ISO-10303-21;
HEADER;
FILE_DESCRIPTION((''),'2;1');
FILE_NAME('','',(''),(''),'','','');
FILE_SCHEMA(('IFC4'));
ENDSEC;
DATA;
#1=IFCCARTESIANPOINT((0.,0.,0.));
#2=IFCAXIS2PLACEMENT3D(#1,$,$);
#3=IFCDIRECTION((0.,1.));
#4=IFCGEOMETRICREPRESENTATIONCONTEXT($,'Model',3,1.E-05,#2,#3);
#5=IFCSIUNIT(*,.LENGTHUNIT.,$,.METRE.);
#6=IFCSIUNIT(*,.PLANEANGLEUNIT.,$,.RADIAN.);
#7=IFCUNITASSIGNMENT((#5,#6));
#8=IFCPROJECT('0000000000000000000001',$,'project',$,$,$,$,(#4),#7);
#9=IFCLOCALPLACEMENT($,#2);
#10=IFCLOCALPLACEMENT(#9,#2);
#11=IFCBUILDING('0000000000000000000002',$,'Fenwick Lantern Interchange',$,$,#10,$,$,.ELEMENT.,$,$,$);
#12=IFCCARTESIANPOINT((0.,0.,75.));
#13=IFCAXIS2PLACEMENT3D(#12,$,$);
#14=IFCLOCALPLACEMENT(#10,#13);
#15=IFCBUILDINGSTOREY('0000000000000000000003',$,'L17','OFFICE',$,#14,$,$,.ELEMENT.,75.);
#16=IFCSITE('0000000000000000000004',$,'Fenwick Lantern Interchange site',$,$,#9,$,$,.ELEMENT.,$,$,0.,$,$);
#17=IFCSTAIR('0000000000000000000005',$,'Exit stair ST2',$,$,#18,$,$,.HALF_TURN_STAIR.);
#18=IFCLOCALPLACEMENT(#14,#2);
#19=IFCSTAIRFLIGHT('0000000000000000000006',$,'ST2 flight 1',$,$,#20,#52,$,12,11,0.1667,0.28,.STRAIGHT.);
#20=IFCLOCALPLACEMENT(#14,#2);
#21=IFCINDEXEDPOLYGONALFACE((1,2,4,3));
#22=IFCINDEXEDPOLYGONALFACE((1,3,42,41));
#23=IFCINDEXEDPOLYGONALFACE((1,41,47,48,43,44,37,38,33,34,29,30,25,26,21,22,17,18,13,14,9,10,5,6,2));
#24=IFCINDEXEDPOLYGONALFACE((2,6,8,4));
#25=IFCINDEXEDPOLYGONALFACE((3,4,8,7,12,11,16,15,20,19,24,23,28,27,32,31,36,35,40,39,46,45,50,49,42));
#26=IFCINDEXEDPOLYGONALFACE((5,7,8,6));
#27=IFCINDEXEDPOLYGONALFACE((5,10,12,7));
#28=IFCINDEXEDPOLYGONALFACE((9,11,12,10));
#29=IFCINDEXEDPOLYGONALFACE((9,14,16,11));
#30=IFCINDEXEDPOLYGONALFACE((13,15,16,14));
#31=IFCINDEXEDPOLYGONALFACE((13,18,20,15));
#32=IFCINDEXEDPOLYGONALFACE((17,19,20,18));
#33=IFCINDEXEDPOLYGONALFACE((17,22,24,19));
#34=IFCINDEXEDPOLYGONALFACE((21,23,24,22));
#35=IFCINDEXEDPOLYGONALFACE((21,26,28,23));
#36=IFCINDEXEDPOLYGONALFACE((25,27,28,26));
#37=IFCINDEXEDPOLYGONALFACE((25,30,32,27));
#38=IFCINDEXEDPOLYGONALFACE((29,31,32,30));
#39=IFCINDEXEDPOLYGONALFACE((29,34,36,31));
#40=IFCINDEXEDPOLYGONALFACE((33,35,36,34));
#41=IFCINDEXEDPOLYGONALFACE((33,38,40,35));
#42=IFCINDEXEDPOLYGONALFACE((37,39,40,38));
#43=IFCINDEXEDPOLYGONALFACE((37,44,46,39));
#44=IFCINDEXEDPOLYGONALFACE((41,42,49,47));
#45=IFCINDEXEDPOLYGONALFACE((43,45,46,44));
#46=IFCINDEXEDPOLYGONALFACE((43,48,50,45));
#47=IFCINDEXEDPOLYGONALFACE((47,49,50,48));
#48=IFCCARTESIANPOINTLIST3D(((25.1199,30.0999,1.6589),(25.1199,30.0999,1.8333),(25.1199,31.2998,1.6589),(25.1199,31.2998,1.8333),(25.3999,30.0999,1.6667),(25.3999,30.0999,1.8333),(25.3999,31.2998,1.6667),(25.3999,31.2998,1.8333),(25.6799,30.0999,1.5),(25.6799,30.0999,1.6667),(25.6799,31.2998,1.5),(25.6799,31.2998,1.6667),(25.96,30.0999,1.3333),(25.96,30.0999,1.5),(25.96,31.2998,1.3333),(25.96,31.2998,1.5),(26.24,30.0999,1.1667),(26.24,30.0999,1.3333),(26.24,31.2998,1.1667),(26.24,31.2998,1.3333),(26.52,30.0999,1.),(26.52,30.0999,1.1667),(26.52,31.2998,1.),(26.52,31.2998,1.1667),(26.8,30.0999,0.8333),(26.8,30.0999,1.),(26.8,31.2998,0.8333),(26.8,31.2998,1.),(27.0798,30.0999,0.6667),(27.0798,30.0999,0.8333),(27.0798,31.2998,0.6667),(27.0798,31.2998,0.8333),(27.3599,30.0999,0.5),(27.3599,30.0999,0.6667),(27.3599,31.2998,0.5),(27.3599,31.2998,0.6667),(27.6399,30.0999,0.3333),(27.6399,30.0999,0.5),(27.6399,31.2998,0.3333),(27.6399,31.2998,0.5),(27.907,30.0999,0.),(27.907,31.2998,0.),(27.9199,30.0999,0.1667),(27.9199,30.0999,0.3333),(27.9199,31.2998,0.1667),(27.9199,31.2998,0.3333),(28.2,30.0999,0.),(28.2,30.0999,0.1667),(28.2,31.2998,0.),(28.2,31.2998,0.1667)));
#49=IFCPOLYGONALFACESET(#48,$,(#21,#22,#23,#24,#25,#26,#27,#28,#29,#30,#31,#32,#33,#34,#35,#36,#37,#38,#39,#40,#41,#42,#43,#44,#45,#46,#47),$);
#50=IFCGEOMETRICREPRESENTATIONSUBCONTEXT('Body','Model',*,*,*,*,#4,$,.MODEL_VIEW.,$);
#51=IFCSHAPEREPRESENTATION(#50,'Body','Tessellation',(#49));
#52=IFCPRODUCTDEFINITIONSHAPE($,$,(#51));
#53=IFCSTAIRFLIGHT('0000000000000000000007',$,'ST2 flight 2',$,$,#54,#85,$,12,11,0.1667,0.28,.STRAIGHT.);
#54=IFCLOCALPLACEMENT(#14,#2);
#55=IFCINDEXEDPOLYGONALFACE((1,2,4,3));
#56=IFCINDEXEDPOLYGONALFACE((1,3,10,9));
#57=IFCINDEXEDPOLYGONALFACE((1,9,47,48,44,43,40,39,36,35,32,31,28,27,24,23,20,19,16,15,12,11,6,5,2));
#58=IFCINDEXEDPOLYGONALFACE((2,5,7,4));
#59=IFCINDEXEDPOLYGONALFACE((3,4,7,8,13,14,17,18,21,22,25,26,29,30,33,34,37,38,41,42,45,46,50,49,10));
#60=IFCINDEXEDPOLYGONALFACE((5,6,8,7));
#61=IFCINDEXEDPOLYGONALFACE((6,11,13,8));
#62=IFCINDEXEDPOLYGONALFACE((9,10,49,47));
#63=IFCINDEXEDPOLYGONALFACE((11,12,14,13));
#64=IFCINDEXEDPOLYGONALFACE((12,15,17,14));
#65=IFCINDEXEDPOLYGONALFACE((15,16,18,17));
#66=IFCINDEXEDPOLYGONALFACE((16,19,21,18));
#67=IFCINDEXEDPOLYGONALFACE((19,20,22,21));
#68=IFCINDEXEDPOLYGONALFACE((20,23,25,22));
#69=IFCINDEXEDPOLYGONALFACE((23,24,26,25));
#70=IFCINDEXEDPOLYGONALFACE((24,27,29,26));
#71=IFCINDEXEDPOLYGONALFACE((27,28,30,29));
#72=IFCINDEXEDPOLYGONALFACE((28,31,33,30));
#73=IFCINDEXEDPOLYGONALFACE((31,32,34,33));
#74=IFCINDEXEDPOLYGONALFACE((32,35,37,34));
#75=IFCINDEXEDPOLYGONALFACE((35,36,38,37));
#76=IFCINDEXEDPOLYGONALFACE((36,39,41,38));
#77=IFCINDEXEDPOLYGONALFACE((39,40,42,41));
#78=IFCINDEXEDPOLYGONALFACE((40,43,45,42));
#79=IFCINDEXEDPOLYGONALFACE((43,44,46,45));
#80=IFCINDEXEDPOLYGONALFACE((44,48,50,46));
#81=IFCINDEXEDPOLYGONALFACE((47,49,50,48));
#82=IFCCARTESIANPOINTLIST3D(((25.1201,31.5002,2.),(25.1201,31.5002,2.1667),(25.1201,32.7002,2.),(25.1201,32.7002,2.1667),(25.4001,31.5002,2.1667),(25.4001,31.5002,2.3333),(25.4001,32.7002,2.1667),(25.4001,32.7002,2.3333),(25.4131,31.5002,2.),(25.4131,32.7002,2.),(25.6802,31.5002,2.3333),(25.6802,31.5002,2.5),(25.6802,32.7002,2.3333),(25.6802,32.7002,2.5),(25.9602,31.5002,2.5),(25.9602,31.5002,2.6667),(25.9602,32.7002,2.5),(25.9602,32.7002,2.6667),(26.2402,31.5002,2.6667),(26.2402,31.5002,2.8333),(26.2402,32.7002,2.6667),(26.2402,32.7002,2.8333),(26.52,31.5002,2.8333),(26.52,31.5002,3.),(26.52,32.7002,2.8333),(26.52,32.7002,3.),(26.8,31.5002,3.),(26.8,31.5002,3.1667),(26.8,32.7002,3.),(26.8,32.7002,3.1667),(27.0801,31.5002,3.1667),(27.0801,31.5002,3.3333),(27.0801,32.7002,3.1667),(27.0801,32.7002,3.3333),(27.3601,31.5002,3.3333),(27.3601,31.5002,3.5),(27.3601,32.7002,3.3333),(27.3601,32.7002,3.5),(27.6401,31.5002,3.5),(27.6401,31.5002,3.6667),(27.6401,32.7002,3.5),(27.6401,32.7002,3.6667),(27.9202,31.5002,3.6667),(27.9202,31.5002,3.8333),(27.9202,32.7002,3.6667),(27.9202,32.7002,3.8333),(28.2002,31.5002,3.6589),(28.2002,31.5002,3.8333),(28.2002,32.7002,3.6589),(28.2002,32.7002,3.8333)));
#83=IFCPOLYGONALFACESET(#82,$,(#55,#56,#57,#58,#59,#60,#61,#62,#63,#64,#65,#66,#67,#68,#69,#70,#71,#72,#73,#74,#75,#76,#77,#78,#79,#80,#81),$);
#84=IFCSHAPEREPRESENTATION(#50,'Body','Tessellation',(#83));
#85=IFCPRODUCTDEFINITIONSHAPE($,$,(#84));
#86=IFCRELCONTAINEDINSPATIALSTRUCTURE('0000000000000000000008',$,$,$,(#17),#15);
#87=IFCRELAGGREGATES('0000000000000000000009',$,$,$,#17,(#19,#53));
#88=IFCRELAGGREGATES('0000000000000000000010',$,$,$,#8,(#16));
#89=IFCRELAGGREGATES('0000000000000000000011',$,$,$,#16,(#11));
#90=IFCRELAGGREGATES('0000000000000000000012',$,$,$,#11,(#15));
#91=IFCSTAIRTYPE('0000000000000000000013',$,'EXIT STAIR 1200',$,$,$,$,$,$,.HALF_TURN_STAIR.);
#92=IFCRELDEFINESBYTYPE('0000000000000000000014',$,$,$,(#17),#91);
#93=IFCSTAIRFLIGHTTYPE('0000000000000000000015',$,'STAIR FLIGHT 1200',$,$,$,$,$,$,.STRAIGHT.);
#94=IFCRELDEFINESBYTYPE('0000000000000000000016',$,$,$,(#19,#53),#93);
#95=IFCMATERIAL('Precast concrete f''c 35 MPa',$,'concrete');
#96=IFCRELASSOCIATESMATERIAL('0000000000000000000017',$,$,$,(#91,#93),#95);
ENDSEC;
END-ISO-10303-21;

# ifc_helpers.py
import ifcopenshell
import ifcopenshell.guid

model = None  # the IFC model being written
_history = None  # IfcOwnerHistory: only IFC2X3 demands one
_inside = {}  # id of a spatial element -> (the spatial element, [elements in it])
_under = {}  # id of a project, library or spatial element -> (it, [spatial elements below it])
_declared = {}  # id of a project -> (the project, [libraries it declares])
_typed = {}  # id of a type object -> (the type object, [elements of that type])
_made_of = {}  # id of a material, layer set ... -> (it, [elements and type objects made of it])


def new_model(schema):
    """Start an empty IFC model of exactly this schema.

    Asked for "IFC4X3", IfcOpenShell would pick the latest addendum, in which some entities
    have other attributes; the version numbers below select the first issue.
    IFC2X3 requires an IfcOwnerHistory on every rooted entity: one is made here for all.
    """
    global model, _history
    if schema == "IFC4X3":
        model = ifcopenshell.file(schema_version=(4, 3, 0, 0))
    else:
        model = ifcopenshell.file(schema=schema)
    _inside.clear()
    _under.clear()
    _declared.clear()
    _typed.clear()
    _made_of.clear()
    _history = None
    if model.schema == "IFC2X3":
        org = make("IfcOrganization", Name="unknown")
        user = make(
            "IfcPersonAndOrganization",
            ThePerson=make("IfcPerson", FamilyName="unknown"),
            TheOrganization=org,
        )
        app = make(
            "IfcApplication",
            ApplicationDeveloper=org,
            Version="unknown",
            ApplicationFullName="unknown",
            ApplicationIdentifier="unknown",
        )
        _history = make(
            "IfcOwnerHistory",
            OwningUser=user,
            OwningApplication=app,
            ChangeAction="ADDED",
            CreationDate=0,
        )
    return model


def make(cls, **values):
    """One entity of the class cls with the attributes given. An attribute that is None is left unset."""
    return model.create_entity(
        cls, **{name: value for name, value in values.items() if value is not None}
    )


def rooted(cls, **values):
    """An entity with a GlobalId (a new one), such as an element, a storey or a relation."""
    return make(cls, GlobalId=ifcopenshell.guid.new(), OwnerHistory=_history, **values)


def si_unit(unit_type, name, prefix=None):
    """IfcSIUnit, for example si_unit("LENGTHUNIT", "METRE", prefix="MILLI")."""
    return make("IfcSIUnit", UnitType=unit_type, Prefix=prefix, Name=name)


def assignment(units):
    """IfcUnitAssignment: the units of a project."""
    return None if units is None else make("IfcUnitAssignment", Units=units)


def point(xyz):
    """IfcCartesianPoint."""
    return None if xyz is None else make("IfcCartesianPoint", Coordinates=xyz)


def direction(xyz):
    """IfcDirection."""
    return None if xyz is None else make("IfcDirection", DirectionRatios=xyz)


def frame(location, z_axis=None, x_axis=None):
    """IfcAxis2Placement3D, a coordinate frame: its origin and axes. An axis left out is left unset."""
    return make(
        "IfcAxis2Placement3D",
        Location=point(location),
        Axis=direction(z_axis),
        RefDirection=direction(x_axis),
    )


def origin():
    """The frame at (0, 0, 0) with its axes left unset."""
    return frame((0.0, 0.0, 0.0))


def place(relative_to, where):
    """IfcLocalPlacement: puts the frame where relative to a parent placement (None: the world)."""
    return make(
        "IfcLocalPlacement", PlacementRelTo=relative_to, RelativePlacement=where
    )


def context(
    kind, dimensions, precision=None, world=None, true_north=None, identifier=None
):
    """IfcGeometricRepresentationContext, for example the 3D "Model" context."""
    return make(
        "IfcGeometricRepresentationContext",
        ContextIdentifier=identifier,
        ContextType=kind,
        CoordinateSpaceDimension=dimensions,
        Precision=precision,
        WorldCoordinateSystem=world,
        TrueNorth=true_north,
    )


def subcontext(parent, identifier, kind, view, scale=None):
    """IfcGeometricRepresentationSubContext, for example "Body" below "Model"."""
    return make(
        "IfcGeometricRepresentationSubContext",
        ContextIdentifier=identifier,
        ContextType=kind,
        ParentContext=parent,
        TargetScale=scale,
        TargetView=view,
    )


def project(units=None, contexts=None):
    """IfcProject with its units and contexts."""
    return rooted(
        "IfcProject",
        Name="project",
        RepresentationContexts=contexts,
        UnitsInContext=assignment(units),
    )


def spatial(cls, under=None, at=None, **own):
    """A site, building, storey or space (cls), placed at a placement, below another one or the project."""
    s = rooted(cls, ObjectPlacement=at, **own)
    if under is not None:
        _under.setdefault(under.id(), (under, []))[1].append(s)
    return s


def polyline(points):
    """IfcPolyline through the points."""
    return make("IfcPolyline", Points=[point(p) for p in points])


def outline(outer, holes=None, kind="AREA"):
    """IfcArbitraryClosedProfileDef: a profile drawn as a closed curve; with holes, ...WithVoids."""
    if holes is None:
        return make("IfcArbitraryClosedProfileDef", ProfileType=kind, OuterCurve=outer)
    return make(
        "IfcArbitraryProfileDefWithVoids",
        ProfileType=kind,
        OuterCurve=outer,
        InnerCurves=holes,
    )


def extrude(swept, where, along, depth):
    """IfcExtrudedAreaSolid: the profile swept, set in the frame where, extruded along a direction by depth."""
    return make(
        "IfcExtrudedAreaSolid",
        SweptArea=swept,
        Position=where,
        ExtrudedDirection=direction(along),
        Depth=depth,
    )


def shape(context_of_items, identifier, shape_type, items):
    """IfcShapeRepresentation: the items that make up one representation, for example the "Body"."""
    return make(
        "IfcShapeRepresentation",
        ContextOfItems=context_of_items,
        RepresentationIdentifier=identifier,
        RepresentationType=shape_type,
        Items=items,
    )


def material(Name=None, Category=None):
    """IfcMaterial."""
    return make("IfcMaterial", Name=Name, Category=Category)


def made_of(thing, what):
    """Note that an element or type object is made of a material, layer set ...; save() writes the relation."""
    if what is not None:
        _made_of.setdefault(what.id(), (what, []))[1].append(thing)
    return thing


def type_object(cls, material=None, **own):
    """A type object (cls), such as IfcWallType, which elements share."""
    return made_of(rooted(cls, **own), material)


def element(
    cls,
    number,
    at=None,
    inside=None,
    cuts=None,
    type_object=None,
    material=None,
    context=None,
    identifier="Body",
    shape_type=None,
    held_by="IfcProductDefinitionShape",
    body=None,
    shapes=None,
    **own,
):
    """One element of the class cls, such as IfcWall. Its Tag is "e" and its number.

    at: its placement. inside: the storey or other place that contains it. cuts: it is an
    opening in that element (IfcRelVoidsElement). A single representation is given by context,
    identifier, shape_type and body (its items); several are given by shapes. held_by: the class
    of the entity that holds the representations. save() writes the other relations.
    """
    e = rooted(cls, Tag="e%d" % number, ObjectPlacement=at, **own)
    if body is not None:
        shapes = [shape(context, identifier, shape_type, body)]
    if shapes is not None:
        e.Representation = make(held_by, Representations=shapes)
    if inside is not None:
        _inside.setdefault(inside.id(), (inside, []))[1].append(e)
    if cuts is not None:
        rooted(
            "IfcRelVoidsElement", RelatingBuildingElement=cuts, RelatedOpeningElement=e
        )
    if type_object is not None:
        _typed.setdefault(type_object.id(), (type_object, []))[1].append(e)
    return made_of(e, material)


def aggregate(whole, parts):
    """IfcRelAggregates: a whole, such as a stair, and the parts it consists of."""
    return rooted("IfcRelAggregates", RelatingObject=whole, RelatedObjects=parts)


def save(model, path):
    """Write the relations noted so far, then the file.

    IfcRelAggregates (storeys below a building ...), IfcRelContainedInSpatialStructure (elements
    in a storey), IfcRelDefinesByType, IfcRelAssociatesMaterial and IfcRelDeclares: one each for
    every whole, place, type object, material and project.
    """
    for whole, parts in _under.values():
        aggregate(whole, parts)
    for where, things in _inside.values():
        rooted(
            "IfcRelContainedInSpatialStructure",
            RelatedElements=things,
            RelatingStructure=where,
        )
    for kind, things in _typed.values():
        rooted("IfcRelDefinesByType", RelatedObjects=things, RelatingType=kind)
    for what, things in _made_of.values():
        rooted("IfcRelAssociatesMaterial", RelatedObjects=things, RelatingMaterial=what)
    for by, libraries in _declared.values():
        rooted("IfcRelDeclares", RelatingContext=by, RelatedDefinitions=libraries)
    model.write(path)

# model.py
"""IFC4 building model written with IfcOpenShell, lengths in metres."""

from ifc_helpers import new_model, si_unit, direction, frame, origin, place, context, subcontext, project, spatial, polyline, outline, extrude, material, type_object, element, aggregate, save


model = new_model("IFC4")

# Units and contexts
model_context = context("Model", 3, precision=1e-05, world=origin(), true_north=direction((0.0, 1.0)))
body_context = subcontext(model_context, "Body", "Model", "MODEL_VIEW")
ifc_project = project(units=[si_unit("LENGTHUNIT", "METRE"), si_unit("PLANEANGLEUNIT", "RADIAN")], contexts=[model_context])

# Site, building, storey
site_placement = place(None, origin())
site = spatial("IfcSite", under=ifc_project, at=site_placement, Name="Fenwick Lantern Interchange site", CompositionType="ELEMENT", RefElevation=0.0)
building_placement = place(site_placement, origin())
building = spatial("IfcBuilding", under=site, at=building_placement, Name="Fenwick Lantern Interchange", CompositionType="ELEMENT")
storey_placement = place(building_placement, frame((0.0, 0.0, 75.0)))
storey = spatial("IfcBuildingStorey", under=building, at=storey_placement, Name="L17", Description="OFFICE", CompositionType="ELEMENT", Elevation=75.0)

# Stair, stair flights
ifc_material_1 = material(Name="Precast concrete f'c 35 MPa", Category="concrete")
stair_type = type_object("IfcStairType", Name="EXIT STAIR 1200", PredefinedType="HALF_TURN_STAIR", material=ifc_material_1)
stair_placement = place(storey_placement, origin())
stair = element("IfcStair", 1, at=stair_placement, inside=storey, type_object=stair_type, Name="Exit stair ST2", PredefinedType="HALF_TURN_STAIR")
stair_flight_type = type_object("IfcStairFlightType", Name="STAIR FLIGHT 1200", PredefinedType="STRAIGHT", material=ifc_material_1)
stair_flight_1_placement = place(storey_placement, frame((28.2, 30.7, 0.0), z_axis=(0.0, 0.0, 1.0), x_axis=(-1.0, 0.0, 0.0)))
stair_flight_1 = element("IfcStairFlight", 2, at=stair_flight_1_placement, type_object=stair_flight_type, Name="ST2 flight 1", NumberOfRisers=12, NumberOfTreads=11, PredefinedType="STRAIGHT", RiserHeight=0.1667, TreadLength=0.28, context=body_context, shape_type="SweptSolid", body=[
    extrude(outline(polyline([(0.0, 0.0), (0.0, 0.1667), (0.28, 0.1667), (0.28, 0.3333), (0.5601, 0.3333), (0.5601, 0.5), (0.8401, 0.5), (0.8401, 0.6667), (1.1201, 0.6667), (1.1201, 0.8333), (1.3999, 0.8333), (1.3999, 1.0), (1.6799, 1.0), (1.6799, 1.1667), (1.96, 1.1667), (1.96, 1.3333), (2.24, 1.3333), (2.24, 1.5), (2.52, 1.5), (2.52, 1.6667), (2.8, 1.6667), (2.8, 1.8333), (3.0801, 1.8333), (3.0801, 2.0), (3.0801, 1.6589), (0.293, 0.0), (0.0, 0.0)])), frame((0.0, 0.6001, 0.0), z_axis=(0.0, -1.0, 0.0), x_axis=(1.0, 0.0, 0.0)), (0.0, 0.0, 1.0), 1.2),
])
stair_flight_2_placement = place(storey_placement, frame((25.1201, 32.1001, 2.0), z_axis=(0.0, 0.0, 1.0), x_axis=(1.0, 0.0, 0.0)))
stair_flight_2 = element("IfcStairFlight", 3, at=stair_flight_2_placement, type_object=stair_flight_type, Name="ST2 flight 2", NumberOfRisers=12, NumberOfTreads=11, PredefinedType="STRAIGHT", RiserHeight=0.1667, TreadLength=0.28, context=body_context, shape_type="SweptSolid", body=[
    extrude(outline(polyline([(0.0, 0.0), (0.0, 0.1667), (0.28, 0.1667), (0.28, 0.3333), (0.5601, 0.3333), (0.5601, 0.5), (0.8401, 0.5), (0.8401, 0.6667), (1.1201, 0.6667), (1.1201, 0.8333), (1.3999, 0.8333), (1.3999, 1.0), (1.6799, 1.0), (1.6799, 1.1667), (1.96, 1.1667), (1.96, 1.3333), (2.24, 1.3333), (2.24, 1.5), (2.52, 1.5), (2.52, 1.6667), (2.8, 1.6667), (2.8, 1.8333), (3.0801, 1.8333), (3.0801, 2.0), (3.0801, 1.6589), (0.293, 0.0), (0.0, 0.0)])), frame((0.0, 0.6001, 0.0), z_axis=(0.0, -1.0, 0.0), x_axis=(1.0, 0.0, 0.0)), (0.0, 0.0, 1.0), 1.2),
])
aggregate(stair, [stair_flight_1, stair_flight_2])

save(model, "model.ifc")
